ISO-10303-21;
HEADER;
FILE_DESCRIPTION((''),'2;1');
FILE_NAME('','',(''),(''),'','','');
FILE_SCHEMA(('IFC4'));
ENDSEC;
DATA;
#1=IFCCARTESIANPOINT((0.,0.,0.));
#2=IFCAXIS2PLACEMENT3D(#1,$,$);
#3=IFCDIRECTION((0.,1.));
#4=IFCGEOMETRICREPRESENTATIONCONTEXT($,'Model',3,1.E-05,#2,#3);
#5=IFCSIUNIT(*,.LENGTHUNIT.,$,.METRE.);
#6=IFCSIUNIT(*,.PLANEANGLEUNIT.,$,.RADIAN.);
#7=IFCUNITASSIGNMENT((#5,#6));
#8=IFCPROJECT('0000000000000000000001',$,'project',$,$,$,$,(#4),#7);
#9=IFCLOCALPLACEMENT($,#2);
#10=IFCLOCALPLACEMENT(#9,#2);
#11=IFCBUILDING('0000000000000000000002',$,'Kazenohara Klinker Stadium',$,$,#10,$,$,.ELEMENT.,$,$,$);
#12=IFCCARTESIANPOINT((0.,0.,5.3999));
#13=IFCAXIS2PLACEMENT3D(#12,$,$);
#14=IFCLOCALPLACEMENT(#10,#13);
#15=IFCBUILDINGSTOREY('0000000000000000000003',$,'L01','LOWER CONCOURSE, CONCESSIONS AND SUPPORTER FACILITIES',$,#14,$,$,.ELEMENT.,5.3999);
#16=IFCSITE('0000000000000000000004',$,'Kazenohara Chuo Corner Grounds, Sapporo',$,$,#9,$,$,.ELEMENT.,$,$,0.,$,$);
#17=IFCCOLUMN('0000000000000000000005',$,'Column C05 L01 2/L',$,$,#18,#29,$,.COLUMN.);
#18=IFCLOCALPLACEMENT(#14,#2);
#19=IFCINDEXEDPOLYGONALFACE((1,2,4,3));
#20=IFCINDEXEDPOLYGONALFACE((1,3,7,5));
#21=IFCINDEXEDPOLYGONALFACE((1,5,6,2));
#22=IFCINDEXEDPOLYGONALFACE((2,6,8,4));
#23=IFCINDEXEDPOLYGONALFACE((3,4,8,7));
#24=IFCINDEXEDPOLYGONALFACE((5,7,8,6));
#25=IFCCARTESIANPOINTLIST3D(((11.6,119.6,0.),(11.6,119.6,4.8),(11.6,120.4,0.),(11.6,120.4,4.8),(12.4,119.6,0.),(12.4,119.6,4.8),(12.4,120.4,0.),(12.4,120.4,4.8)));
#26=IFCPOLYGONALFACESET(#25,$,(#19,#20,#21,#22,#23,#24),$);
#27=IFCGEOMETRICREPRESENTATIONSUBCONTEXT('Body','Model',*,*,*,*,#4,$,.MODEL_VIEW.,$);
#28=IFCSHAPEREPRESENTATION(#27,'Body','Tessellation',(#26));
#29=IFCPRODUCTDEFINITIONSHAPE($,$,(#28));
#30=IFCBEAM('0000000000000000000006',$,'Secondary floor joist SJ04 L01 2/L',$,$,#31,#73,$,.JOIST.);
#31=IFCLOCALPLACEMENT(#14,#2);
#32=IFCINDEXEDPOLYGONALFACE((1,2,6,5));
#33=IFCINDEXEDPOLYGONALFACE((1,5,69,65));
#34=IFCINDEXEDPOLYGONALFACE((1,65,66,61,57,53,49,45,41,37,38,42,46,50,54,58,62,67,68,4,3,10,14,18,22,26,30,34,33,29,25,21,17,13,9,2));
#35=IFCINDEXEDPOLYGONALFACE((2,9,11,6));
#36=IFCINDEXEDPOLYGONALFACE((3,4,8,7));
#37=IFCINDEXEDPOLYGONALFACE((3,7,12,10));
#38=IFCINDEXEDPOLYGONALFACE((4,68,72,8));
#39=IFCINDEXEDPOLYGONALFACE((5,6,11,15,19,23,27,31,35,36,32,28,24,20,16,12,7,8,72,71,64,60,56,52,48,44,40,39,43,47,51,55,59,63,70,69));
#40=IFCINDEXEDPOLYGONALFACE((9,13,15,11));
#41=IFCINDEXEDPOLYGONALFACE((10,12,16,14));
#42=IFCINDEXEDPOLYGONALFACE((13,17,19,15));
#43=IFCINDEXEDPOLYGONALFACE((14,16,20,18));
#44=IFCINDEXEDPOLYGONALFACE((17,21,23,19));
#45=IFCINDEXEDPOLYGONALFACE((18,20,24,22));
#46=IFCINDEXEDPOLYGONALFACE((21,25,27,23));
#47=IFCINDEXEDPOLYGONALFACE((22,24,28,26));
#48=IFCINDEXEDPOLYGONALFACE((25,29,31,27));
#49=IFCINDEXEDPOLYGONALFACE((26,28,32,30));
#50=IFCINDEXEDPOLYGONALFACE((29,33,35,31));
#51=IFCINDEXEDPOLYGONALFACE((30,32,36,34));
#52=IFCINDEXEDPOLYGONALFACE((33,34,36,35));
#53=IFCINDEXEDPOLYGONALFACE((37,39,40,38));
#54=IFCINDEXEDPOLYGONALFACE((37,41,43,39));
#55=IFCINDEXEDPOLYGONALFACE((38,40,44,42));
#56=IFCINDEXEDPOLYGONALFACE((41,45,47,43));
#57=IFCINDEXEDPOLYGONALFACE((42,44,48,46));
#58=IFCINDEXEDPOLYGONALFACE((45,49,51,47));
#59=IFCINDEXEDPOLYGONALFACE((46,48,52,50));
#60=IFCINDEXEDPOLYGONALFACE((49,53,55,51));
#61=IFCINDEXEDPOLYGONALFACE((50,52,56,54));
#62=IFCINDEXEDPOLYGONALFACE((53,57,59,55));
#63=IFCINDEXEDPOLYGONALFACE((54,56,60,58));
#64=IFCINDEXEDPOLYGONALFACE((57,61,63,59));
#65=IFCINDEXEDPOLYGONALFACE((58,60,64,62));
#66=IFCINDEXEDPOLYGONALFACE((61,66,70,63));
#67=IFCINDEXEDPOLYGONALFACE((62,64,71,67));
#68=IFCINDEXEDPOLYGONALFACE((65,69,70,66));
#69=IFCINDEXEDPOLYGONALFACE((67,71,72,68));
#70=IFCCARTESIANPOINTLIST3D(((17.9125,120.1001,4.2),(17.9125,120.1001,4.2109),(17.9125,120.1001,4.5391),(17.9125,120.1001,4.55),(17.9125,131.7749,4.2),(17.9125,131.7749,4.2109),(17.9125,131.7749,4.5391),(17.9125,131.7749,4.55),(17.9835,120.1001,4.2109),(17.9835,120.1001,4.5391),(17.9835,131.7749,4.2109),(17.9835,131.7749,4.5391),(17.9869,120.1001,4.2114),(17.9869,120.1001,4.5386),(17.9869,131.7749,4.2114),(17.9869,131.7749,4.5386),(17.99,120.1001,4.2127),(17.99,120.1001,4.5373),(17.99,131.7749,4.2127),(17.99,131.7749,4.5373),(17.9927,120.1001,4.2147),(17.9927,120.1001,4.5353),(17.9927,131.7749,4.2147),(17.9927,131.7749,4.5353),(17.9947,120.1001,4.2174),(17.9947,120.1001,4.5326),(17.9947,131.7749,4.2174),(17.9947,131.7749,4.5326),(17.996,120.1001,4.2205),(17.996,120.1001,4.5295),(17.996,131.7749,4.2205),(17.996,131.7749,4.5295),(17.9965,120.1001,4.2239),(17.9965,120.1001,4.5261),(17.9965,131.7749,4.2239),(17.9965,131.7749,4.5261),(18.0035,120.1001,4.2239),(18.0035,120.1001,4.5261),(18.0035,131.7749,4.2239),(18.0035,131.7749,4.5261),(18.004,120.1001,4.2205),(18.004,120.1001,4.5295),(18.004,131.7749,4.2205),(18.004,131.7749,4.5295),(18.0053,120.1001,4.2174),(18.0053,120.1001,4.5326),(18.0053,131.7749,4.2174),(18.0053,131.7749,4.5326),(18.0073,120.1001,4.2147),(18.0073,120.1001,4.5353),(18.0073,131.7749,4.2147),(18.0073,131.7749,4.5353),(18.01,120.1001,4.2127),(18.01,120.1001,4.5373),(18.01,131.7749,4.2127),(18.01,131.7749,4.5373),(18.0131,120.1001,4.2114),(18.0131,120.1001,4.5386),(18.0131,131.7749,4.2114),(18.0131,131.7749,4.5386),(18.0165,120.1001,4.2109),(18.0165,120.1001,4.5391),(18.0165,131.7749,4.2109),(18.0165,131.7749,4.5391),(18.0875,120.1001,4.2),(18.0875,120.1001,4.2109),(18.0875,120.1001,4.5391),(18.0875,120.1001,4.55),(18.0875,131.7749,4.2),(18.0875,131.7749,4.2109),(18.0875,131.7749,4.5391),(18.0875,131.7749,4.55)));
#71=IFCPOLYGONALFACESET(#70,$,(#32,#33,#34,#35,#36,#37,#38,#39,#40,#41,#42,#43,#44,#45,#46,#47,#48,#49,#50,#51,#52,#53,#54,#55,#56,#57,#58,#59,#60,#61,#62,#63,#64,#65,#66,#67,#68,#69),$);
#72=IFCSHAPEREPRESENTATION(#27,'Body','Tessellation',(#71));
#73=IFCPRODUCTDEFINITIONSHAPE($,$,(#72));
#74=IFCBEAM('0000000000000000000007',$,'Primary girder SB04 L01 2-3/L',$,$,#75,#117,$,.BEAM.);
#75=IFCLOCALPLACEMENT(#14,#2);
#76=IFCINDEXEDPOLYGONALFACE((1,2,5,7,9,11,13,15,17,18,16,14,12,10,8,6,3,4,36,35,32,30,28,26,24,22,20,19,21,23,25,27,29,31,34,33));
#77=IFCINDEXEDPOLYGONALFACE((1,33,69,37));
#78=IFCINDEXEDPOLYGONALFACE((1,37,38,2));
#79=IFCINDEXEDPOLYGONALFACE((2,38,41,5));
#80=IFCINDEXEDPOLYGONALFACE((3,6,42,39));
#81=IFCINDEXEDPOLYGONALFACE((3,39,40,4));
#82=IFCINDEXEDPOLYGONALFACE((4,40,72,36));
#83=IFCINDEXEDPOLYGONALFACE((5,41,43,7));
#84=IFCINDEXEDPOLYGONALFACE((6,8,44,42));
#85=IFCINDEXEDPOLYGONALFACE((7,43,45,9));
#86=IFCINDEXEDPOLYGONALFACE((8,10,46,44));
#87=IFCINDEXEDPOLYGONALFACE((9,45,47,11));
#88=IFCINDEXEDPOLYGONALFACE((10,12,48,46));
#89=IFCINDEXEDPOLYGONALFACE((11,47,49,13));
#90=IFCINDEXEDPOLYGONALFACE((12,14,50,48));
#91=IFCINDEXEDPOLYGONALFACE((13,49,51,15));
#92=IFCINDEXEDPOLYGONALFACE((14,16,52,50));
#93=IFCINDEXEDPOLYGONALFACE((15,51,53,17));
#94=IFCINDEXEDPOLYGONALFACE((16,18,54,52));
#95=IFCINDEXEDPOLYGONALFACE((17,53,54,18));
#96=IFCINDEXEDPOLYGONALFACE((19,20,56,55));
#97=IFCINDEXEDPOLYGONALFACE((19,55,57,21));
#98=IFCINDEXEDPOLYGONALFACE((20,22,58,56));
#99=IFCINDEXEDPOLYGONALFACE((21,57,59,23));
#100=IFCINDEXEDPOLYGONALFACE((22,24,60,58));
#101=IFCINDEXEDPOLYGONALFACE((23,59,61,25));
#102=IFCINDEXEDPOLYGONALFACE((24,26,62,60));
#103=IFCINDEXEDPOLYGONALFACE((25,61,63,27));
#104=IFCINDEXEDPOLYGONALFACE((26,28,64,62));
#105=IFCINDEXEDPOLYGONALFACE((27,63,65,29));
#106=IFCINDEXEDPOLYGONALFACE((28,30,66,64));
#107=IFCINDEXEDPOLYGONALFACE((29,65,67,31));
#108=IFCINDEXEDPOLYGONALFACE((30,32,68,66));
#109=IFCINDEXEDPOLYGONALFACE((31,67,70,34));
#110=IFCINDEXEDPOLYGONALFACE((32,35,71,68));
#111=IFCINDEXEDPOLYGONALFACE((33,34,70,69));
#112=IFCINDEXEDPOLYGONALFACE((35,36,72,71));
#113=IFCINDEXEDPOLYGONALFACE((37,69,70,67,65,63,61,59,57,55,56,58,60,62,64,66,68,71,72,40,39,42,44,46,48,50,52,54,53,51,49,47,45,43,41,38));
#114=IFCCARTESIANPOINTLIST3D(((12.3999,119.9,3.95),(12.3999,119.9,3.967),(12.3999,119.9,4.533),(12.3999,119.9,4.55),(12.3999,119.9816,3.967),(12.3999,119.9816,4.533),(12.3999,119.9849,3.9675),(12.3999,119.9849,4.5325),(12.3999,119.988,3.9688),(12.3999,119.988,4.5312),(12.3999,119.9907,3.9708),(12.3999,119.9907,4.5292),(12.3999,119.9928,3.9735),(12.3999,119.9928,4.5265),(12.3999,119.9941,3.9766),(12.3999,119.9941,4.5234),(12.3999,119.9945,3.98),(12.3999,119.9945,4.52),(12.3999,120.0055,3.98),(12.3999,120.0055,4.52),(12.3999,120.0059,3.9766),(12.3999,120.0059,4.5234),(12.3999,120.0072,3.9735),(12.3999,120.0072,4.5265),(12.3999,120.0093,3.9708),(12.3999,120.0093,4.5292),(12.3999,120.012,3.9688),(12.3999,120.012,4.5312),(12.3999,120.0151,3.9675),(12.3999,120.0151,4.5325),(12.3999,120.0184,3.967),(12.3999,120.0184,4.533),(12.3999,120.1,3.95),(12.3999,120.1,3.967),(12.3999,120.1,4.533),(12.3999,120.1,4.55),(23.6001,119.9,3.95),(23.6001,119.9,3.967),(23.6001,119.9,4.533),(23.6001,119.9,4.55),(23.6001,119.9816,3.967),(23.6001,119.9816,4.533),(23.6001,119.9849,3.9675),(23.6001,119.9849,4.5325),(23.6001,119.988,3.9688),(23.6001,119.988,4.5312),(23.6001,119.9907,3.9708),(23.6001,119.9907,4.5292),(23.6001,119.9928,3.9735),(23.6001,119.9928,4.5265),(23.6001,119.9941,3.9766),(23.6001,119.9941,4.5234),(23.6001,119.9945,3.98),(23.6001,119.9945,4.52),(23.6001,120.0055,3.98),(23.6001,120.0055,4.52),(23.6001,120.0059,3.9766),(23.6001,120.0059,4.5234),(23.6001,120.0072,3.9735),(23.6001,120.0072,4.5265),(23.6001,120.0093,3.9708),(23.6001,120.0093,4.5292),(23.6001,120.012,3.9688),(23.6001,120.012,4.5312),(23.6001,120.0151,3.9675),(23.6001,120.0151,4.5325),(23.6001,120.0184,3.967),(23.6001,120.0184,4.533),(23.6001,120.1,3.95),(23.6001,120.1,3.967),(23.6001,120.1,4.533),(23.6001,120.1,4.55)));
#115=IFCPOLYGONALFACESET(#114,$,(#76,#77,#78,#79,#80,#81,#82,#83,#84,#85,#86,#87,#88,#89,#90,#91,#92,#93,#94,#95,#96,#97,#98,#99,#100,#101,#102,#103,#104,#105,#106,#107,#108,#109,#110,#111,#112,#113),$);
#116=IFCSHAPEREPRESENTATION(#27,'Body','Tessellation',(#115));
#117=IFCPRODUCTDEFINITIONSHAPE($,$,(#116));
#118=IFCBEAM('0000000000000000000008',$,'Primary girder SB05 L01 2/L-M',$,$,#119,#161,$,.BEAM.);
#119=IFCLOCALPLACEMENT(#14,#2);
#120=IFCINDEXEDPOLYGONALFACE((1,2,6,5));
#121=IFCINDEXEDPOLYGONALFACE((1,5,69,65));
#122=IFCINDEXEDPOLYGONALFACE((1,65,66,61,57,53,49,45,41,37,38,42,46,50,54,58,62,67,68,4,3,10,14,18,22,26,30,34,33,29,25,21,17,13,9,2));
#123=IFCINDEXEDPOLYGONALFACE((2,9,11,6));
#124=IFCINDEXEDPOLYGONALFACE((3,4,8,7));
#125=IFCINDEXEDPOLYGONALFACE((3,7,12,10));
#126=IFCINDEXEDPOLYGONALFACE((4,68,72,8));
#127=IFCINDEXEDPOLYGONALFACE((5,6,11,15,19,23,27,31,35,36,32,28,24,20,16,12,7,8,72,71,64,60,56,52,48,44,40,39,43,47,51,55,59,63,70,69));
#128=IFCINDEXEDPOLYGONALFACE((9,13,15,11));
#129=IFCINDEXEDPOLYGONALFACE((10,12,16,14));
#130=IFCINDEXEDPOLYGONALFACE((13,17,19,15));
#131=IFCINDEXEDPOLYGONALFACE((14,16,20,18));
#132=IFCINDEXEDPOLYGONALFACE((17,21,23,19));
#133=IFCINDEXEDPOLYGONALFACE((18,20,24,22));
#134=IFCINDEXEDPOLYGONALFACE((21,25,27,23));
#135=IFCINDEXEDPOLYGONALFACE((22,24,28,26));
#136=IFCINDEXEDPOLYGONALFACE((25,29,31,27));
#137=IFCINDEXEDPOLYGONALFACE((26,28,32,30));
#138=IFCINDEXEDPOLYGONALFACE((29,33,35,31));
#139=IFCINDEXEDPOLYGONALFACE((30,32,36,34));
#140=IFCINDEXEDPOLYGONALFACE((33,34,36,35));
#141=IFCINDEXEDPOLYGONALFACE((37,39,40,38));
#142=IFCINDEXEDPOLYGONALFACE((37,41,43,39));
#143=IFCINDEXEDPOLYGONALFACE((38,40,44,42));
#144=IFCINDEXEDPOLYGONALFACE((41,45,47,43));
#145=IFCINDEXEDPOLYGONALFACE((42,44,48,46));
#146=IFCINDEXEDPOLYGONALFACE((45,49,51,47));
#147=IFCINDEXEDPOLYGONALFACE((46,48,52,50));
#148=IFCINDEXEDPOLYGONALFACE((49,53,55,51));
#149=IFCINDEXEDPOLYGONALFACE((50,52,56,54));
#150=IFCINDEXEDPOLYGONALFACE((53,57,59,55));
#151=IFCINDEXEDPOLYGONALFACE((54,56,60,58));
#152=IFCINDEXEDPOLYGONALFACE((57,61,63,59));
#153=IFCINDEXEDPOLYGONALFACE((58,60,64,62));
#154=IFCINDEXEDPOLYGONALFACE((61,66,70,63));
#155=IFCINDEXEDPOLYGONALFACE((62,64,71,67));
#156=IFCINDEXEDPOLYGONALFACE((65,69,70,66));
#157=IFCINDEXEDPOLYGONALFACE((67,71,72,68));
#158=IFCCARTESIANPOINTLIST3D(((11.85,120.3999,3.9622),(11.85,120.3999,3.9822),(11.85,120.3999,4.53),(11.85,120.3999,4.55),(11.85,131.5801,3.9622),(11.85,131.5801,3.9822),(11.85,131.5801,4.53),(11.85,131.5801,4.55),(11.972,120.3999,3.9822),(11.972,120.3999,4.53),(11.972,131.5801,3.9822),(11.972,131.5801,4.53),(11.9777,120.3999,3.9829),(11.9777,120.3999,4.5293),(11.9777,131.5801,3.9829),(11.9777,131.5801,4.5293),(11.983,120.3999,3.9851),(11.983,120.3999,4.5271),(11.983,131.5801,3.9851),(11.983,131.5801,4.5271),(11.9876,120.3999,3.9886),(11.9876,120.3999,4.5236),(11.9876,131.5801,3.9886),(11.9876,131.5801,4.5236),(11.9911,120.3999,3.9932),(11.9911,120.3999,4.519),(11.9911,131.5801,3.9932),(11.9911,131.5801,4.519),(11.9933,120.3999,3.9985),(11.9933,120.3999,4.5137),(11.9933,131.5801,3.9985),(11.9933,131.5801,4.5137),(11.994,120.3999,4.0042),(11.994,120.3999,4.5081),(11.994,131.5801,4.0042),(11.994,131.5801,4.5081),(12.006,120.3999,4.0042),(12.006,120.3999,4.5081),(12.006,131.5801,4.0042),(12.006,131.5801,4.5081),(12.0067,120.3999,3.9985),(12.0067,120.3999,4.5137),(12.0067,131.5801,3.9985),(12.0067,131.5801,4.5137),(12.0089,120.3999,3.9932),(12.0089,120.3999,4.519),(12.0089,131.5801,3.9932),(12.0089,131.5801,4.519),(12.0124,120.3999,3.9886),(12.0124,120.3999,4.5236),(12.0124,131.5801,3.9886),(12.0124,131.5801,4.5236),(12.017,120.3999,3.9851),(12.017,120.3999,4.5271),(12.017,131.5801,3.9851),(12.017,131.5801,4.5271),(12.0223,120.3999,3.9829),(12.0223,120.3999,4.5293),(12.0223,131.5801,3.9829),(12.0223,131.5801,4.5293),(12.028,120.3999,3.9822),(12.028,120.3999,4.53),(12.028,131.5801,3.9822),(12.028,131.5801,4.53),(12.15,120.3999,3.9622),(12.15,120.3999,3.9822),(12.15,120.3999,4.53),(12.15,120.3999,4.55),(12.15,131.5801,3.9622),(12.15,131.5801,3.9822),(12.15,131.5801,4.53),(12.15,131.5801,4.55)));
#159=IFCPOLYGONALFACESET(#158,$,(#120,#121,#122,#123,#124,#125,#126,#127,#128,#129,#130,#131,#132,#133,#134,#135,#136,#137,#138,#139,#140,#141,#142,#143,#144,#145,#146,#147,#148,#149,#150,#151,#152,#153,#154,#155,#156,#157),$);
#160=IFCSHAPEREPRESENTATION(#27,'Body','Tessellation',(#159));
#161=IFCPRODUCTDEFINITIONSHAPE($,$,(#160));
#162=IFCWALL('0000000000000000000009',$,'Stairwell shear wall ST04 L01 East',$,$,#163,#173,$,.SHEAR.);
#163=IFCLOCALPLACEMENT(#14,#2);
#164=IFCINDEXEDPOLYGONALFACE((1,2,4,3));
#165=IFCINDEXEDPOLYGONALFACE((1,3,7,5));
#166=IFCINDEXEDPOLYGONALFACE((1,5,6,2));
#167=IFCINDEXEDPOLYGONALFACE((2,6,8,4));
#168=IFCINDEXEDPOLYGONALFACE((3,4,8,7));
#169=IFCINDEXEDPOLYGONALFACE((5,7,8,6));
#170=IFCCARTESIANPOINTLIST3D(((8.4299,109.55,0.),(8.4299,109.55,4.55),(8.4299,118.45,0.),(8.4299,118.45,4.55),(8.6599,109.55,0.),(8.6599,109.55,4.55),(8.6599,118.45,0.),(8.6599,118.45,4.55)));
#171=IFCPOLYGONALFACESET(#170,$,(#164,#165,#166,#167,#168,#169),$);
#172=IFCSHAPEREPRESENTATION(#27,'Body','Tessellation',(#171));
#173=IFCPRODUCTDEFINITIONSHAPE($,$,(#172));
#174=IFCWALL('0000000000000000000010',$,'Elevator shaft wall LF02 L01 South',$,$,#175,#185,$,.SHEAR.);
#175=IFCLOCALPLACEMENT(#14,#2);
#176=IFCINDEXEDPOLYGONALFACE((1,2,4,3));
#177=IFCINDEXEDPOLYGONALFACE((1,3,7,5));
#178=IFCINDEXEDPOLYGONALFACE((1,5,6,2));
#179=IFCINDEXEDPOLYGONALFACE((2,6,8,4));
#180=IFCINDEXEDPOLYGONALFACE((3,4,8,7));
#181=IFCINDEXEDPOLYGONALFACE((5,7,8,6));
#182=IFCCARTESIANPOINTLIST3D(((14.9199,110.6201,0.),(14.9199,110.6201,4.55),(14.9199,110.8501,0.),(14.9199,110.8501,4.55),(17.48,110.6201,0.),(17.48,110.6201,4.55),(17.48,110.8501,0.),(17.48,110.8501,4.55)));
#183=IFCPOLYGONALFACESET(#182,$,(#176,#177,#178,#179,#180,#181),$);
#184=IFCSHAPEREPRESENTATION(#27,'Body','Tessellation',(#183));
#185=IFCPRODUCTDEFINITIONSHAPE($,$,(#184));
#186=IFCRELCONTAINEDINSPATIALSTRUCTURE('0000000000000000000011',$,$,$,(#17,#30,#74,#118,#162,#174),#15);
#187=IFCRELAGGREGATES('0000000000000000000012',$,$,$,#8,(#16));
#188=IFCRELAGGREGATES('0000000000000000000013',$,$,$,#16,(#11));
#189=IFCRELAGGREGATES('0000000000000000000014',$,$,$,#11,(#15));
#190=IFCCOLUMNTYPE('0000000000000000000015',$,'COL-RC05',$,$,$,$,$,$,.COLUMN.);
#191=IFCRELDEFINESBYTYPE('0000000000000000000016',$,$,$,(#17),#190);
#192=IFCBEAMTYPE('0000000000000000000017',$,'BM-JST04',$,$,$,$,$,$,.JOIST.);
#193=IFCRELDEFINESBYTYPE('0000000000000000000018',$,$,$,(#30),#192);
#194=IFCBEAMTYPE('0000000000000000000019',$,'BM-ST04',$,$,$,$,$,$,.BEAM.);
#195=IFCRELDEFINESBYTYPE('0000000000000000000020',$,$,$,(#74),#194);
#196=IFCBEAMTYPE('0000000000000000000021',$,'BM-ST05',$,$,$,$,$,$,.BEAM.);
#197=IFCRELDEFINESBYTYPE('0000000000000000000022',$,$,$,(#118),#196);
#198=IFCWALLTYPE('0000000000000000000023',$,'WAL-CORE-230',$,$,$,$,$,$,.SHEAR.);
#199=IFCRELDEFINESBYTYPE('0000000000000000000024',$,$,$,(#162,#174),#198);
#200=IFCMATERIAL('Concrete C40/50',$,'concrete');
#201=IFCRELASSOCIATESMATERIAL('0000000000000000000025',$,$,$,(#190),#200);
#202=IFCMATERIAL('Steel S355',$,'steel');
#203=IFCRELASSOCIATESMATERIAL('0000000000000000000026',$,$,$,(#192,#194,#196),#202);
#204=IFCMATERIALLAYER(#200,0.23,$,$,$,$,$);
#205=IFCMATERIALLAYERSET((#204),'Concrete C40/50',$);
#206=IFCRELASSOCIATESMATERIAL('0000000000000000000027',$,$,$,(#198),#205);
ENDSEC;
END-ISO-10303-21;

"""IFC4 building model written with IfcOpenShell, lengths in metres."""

from ifc_helpers import new_model, si_unit, direction, frame, frame_2d, origin, origin_2d, place, context, subcontext, project, spatial, rectangle, i_section, extrude, material, layer, layer_set, material_profile, profile_set, type_object, element, save


model = new_model("IFC4")

# Units and contexts
model_context = context("Model", 3, precision=1e-05, world=origin(), true_north=direction((0.0, 1.0)))
body_context = subcontext(model_context, "Body", "Model", "MODEL_VIEW")
ifc_project = project(units=[si_unit("LENGTHUNIT", "METRE"), si_unit("PLANEANGLEUNIT", "RADIAN")], contexts=[model_context])

# Site, building, storey
site_placement = place(None, origin())
site = spatial("IfcSite", under=ifc_project, at=site_placement, Name="Kazenohara Chuo Corner Grounds, Sapporo", CompositionType="ELEMENT", RefElevation=0.0)
building_placement = place(site_placement, origin())
building = spatial("IfcBuilding", under=site, at=building_placement, Name="Kazenohara Klinker Stadium", CompositionType="ELEMENT")
storey_placement = place(building_placement, frame((0.0, 0.0, 5.3999)))
storey = spatial("IfcBuildingStorey", under=building, at=storey_placement, Name="L01", Description="LOWER CONCOURSE, CONCESSIONS AND SUPPORTER FACILITIES", CompositionType="ELEMENT", Elevation=5.3999)

# Column
ifc_material_1 = material(Name="Concrete C40/50", Category="concrete")
ifc_material_profile_1 = material_profile(ifc_material_1, rectangle(XDim=0.8, YDim=0.8, at=origin_2d()), Name="RC-COL-800x800")
ifc_profile_set_1 = profile_set([ifc_material_profile_1], Name="Concrete C40/50")
column_type = type_object("IfcColumnType", Name="COL-RC05", PredefinedType="COLUMN", material=ifc_profile_set_1)
column_placement = place(storey_placement, frame((12.0, 120.0, 0.0), z_axis=(0.0, 0.0, 1.0), x_axis=(1.0, 0.0, 0.0)))
element("IfcColumn", 1, at=column_placement, inside=storey, type_object=column_type, Name="Column C05 L01 2/L", PredefinedType="COLUMN", context=body_context, shape_type="SweptSolid", body=[
    extrude(rectangle(XDim=0.8, YDim=0.8, at=origin_2d()), origin(), (0.0, 0.0, 1.0), 4.8),
])

# Beams
ifc_material_2 = material(Name="Steel S355", Category="steel")
ifc_material_profile_2 = material_profile(ifc_material_2, i_section(OverallWidth=0.175, OverallDepth=0.3501, WebThickness=0.0071, FlangeThickness=0.011, FilletRadius=0.0129, at=origin_2d()), Name="H-350x175x7x11")
ifc_profile_set_2 = profile_set([ifc_material_profile_2], Name="Steel S355")
beam_type_1 = type_object("IfcBeamType", Name="BM-JST04", PredefinedType="JOIST", material=ifc_profile_set_2)
beam_1_placement = place(storey_placement, frame((18.0, 120.1001, 4.375), z_axis=(0.0, 1.0, 0.0), x_axis=(-1.0, 0.0, 0.0)))
element("IfcBeam", 2, at=beam_1_placement, inside=storey, type_object=beam_type_1, Name="Secondary floor joist SJ04 L01 2/L", PredefinedType="JOIST", context=body_context, shape_type="SweptSolid", body=[
    extrude(i_section(OverallWidth=0.175, OverallDepth=0.3501, WebThickness=0.0071, FlangeThickness=0.011, FilletRadius=0.0129, at=origin_2d()), origin(), (0.0, 0.0, 1.0), 11.6748),
])
ifc_material_profile_3 = material_profile(ifc_material_2, i_section(OverallWidth=0.2, OverallDepth=0.6001, WebThickness=0.011, FlangeThickness=0.0171, FilletRadius=0.0129, at=origin_2d()), Name="H-600x200x11x17")
ifc_profile_set_3 = profile_set([ifc_material_profile_3], Name="Steel S355")
beam_type_2 = type_object("IfcBeamType", Name="BM-ST04", PredefinedType="BEAM", material=ifc_profile_set_3)
beam_2_placement = place(storey_placement, frame((12.3999, 120.0, 4.25), z_axis=(1.0, 0.0, 0.0), x_axis=(0.0, 1.0, 0.0)))
element("IfcBeam", 3, at=beam_2_placement, inside=storey, type_object=beam_type_2, Name="Primary girder SB04 L01 2-3/L", PredefinedType="BEAM", context=body_context, shape_type="SweptSolid", body=[
    extrude(i_section(OverallWidth=0.2, OverallDepth=0.6001, WebThickness=0.011, FlangeThickness=0.0171, FilletRadius=0.0129, at=origin_2d()), origin(), (0.0, 0.0, 1.0), 11.2002),
])
ifc_material_profile_4 = material_profile(ifc_material_2, i_section(OverallWidth=0.3, OverallDepth=0.5879, WebThickness=0.012, FlangeThickness=0.02, FilletRadius=0.022, at=origin_2d()), Name="H-588x300x12x20")
ifc_profile_set_4 = profile_set([ifc_material_profile_4], Name="Steel S355")
beam_type_3 = type_object("IfcBeamType", Name="BM-ST05", PredefinedType="BEAM", material=ifc_profile_set_4)
beam_3_placement = place(storey_placement, frame((12.0, 120.3999, 4.2561), z_axis=(0.0, 1.0, 0.0), x_axis=(-1.0, 0.0, 0.0)))
element("IfcBeam", 4, at=beam_3_placement, inside=storey, type_object=beam_type_3, Name="Primary girder SB05 L01 2/L-M", PredefinedType="BEAM", context=body_context, shape_type="SweptSolid", body=[
    extrude(i_section(OverallWidth=0.3, OverallDepth=0.5879, WebThickness=0.012, FlangeThickness=0.02, FilletRadius=0.022, at=origin_2d()), origin(), (0.0, 0.0, 1.0), 11.1802),
])

# Walls
ifc_layer_1 = layer(ifc_material_1, 0.23)
ifc_layer_set_1 = layer_set([ifc_layer_1], Name="Concrete C40/50")
wall_type_1 = type_object("IfcWallType", Name="WAL-CORE-230", PredefinedType="SHEAR", material=ifc_layer_set_1)
wall_1_placement = place(storey_placement, frame((8.5449, 109.55, 0.0), z_axis=(0.0, 0.0, 1.0), x_axis=(0.0, 1.0, 0.0)))
element("IfcWall", 5, at=wall_1_placement, inside=storey, type_object=wall_type_1, Name="Stairwell shear wall ST04 L01 East", PredefinedType="SHEAR", context=body_context, shape_type="SweptSolid", body=[
    extrude(rectangle(XDim=8.8999, YDim=0.23, at=frame_2d((4.45, 0.0))), origin(), (0.0, 0.0, 1.0), 4.55),
])
for number, where, z_axis, x_axis, name in (
    (6, (14.9199, 110.7351, 0.0), (0.0, 0.0, 1.0), (1.0, 0.0, 0.0), "Elevator shaft wall LF02 L01 South"),
):
    element("IfcWall", number, at=place(storey_placement, frame(where, z_axis=z_axis, x_axis=x_axis)), inside=storey, type_object=wall_type_1, Name=name, PredefinedType="SHEAR", context=body_context, shape_type="SweptSolid", body=[
        extrude(rectangle(XDim=2.5601, YDim=0.23, at=frame_2d((1.28, 0.0))), origin(), (0.0, 0.0, 1.0), 4.55),
    ])

save(model, "model.ifc")
